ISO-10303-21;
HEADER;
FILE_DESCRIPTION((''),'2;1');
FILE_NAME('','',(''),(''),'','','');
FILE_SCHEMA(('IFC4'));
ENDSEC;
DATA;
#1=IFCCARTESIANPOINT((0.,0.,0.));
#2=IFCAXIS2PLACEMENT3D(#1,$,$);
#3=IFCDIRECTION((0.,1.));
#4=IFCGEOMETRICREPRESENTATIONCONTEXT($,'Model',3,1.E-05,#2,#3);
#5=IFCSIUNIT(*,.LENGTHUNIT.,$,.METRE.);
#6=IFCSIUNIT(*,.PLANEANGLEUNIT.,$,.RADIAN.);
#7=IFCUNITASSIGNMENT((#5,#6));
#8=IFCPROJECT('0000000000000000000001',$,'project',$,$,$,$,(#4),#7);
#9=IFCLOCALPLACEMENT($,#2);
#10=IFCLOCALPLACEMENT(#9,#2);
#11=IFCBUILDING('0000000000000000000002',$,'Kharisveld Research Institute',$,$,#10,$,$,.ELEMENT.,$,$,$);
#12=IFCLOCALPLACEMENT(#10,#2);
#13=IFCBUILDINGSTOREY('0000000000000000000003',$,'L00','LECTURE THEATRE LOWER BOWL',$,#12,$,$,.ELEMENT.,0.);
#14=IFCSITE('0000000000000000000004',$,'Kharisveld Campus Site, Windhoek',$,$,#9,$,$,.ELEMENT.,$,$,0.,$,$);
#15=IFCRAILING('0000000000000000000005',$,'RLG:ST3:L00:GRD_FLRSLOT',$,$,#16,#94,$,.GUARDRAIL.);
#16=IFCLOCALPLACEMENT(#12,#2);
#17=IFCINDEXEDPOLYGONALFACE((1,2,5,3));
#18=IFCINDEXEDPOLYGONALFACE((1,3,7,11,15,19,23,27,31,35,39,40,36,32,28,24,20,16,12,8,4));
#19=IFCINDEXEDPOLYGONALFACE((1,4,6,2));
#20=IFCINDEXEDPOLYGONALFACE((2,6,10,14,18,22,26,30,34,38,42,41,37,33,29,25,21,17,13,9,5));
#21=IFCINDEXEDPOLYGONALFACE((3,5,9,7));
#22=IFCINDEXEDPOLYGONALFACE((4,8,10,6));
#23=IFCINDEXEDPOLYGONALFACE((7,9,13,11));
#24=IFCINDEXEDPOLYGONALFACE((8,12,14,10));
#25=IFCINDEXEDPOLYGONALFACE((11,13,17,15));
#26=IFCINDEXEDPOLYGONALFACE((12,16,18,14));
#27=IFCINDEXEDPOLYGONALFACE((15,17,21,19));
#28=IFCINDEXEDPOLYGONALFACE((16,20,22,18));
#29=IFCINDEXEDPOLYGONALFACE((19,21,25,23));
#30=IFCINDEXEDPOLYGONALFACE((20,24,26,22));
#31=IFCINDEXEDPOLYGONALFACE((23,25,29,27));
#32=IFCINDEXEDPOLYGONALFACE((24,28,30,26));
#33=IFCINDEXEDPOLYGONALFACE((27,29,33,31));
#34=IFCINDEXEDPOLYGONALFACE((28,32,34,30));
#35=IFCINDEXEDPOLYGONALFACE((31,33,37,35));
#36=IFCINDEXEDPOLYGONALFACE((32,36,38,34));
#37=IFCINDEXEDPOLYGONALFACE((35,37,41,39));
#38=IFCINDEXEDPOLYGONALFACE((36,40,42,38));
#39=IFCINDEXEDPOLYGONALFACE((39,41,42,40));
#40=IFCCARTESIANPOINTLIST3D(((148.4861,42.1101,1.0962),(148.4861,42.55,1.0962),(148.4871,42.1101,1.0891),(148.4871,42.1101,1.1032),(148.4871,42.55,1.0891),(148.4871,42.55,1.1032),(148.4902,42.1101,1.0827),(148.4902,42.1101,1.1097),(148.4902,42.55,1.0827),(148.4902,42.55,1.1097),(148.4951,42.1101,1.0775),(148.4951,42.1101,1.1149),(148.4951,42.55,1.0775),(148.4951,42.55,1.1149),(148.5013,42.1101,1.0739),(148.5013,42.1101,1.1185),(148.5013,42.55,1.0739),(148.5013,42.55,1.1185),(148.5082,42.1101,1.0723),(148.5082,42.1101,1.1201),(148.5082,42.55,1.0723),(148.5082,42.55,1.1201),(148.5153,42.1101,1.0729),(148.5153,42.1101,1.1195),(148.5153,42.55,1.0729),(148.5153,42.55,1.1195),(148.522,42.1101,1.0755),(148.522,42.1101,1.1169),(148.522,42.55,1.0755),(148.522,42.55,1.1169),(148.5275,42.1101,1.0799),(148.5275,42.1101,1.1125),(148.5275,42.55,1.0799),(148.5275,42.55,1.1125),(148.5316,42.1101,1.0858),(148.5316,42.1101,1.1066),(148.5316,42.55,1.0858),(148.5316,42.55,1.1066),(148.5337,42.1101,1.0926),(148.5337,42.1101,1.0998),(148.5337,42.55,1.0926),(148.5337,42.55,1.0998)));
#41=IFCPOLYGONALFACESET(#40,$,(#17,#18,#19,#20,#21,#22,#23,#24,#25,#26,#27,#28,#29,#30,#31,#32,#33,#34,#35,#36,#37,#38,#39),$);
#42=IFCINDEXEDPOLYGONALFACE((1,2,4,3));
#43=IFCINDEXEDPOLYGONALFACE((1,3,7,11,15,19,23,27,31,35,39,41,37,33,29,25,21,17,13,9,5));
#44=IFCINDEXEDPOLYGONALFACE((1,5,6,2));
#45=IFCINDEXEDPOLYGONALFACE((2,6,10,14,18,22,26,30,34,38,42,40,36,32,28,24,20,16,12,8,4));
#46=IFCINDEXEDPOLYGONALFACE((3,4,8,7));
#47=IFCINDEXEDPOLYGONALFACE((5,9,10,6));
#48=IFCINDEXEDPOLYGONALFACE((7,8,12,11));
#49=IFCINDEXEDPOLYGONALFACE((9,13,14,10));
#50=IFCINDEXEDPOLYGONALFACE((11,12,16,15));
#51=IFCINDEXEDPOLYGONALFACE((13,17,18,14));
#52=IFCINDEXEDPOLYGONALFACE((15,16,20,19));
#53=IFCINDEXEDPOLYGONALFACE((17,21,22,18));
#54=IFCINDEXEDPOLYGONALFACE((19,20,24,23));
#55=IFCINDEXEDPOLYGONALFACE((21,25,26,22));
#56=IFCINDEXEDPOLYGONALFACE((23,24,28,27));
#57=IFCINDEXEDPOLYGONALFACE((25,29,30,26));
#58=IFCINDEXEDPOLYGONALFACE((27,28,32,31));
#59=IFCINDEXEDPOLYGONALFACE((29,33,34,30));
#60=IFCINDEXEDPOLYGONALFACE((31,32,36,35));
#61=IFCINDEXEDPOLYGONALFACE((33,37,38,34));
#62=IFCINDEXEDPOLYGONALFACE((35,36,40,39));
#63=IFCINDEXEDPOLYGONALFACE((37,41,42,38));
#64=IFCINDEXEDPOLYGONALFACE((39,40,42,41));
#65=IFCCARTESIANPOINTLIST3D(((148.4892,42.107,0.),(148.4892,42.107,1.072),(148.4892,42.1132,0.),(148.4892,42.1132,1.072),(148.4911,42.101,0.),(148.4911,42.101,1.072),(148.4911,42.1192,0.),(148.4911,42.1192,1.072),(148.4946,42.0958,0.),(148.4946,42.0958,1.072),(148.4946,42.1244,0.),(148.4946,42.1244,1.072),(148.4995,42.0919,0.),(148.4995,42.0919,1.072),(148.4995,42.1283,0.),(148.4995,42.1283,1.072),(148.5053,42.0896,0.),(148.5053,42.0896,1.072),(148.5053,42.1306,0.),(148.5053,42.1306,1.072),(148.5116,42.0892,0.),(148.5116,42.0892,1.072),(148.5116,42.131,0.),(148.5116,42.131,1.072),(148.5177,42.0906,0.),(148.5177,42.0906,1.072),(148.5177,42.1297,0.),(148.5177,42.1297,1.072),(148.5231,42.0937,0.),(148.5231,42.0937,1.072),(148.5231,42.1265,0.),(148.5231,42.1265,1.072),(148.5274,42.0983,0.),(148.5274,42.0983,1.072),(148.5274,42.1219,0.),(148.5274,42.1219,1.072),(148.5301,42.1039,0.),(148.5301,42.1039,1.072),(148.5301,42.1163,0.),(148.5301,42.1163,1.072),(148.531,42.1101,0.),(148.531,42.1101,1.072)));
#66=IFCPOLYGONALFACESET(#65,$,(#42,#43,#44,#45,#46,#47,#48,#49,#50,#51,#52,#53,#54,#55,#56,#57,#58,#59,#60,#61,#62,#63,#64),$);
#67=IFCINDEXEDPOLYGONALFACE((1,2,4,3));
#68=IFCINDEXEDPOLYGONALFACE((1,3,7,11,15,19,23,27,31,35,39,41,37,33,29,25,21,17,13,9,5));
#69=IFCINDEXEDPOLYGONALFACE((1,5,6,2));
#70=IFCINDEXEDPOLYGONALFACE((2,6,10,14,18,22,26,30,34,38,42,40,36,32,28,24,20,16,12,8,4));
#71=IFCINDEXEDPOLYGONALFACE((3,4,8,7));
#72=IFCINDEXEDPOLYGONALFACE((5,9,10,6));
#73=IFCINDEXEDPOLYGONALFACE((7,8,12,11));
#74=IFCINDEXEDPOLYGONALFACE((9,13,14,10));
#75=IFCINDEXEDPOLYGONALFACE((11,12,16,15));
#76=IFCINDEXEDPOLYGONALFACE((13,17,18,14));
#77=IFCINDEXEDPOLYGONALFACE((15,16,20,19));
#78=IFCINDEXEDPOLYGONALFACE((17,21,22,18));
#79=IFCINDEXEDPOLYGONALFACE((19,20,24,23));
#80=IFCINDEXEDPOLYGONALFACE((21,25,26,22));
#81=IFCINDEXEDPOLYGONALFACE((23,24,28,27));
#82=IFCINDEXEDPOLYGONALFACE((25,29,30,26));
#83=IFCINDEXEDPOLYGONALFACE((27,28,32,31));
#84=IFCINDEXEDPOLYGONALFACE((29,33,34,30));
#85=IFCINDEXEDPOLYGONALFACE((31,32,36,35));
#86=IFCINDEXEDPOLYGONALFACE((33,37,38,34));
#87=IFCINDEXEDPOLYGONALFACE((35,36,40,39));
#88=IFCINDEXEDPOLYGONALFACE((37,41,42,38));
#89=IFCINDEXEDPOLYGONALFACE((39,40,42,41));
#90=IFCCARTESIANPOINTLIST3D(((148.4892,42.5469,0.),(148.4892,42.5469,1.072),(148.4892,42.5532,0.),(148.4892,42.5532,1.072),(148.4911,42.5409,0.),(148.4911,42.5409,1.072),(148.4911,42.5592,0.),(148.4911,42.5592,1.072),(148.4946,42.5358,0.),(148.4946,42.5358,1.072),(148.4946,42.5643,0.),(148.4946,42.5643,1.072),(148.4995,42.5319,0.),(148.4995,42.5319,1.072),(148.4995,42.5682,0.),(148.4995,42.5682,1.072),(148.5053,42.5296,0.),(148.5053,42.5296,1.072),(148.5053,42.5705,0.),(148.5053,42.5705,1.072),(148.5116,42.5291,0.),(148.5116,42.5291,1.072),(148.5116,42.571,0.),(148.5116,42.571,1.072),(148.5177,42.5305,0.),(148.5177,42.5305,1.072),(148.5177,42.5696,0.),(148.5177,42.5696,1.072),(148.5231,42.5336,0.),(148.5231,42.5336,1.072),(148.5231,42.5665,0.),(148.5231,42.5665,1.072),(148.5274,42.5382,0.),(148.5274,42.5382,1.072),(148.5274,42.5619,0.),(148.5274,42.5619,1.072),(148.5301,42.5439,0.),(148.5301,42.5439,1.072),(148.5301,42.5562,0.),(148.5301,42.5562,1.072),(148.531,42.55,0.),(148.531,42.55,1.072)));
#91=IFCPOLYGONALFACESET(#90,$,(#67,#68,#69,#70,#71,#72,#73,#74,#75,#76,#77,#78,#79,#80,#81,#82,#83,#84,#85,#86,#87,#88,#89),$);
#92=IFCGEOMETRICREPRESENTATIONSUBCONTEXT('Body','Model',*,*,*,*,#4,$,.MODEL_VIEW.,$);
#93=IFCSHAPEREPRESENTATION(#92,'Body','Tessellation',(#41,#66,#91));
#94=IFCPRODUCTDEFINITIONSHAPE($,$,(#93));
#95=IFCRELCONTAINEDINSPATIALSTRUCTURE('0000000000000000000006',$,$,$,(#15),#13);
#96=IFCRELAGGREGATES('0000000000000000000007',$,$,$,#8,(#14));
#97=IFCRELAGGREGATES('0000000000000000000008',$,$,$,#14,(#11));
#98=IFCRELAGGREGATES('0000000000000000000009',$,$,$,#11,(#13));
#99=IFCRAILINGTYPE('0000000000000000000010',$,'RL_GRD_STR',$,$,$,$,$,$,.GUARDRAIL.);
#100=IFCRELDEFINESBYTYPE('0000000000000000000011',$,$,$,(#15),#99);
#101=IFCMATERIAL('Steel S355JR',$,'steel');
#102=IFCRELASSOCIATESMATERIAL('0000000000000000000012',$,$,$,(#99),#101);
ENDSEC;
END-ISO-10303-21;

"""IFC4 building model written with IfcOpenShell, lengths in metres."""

from ifc_helpers import new_model, si_unit, direction, frame, origin, origin_2d, place, context, subcontext, project, spatial, circle, extrude, material, type_object, element, save


model = new_model("IFC4")

# Units and contexts
model_context = context("Model", 3, precision=1e-05, world=origin(), true_north=direction((0.0, 1.0)))
body_context = subcontext(model_context, "Body", "Model", "MODEL_VIEW")
ifc_project = project(units=[si_unit("LENGTHUNIT", "METRE"), si_unit("PLANEANGLEUNIT", "RADIAN")], contexts=[model_context])

# Site, building, storey
site_placement = place(None, origin())
site = spatial("IfcSite", under=ifc_project, at=site_placement, Name="Kharisveld Campus Site, Windhoek", CompositionType="ELEMENT", RefElevation=0.0)
building_placement = place(site_placement, origin())
building = spatial("IfcBuilding", under=site, at=building_placement, Name="Kharisveld Research Institute", CompositionType="ELEMENT")
storey_placement = place(building_placement, origin())
storey = spatial("IfcBuildingStorey", under=building, at=storey_placement, Name="L00", Description="LECTURE THEATRE LOWER BOWL", CompositionType="ELEMENT", Elevation=0.0)

# Railing
ifc_material_1 = material(Name="Steel S355JR", Category="steel")
railing_type_1 = type_object("IfcRailingType", Name="RL_GRD_STR", PredefinedType="GUARDRAIL", material=ifc_material_1)
railing_1_placement = place(storey_placement, frame((148.51, 42.1101, 0.0)))
element("IfcRailing", 1, at=railing_1_placement, inside=storey, type_object=railing_type_1, Name="RLG:ST3:L00:GRD_FLRSLOT", PredefinedType="GUARDRAIL", context=body_context, shape_type="SweptSolid", body=[
    extrude(circle(Radius=0.0239, at=origin_2d()), frame((0.0, 0.0, 1.0962), z_axis=(0.0, 1.0, 0.0), x_axis=(-1.0, 0.0, 0.0)), (0.0, 0.0, 1.0), 0.4399),
    extrude(circle(Radius=0.021, at=origin_2d()), origin(), (0.0, 0.0, 1.0), 1.072),
    extrude(circle(Radius=0.021, at=origin_2d()), frame((0.0, 0.4399, 0.0)), (0.0, 0.0, 1.0), 1.072),
])

save(model, "model.ifc")
